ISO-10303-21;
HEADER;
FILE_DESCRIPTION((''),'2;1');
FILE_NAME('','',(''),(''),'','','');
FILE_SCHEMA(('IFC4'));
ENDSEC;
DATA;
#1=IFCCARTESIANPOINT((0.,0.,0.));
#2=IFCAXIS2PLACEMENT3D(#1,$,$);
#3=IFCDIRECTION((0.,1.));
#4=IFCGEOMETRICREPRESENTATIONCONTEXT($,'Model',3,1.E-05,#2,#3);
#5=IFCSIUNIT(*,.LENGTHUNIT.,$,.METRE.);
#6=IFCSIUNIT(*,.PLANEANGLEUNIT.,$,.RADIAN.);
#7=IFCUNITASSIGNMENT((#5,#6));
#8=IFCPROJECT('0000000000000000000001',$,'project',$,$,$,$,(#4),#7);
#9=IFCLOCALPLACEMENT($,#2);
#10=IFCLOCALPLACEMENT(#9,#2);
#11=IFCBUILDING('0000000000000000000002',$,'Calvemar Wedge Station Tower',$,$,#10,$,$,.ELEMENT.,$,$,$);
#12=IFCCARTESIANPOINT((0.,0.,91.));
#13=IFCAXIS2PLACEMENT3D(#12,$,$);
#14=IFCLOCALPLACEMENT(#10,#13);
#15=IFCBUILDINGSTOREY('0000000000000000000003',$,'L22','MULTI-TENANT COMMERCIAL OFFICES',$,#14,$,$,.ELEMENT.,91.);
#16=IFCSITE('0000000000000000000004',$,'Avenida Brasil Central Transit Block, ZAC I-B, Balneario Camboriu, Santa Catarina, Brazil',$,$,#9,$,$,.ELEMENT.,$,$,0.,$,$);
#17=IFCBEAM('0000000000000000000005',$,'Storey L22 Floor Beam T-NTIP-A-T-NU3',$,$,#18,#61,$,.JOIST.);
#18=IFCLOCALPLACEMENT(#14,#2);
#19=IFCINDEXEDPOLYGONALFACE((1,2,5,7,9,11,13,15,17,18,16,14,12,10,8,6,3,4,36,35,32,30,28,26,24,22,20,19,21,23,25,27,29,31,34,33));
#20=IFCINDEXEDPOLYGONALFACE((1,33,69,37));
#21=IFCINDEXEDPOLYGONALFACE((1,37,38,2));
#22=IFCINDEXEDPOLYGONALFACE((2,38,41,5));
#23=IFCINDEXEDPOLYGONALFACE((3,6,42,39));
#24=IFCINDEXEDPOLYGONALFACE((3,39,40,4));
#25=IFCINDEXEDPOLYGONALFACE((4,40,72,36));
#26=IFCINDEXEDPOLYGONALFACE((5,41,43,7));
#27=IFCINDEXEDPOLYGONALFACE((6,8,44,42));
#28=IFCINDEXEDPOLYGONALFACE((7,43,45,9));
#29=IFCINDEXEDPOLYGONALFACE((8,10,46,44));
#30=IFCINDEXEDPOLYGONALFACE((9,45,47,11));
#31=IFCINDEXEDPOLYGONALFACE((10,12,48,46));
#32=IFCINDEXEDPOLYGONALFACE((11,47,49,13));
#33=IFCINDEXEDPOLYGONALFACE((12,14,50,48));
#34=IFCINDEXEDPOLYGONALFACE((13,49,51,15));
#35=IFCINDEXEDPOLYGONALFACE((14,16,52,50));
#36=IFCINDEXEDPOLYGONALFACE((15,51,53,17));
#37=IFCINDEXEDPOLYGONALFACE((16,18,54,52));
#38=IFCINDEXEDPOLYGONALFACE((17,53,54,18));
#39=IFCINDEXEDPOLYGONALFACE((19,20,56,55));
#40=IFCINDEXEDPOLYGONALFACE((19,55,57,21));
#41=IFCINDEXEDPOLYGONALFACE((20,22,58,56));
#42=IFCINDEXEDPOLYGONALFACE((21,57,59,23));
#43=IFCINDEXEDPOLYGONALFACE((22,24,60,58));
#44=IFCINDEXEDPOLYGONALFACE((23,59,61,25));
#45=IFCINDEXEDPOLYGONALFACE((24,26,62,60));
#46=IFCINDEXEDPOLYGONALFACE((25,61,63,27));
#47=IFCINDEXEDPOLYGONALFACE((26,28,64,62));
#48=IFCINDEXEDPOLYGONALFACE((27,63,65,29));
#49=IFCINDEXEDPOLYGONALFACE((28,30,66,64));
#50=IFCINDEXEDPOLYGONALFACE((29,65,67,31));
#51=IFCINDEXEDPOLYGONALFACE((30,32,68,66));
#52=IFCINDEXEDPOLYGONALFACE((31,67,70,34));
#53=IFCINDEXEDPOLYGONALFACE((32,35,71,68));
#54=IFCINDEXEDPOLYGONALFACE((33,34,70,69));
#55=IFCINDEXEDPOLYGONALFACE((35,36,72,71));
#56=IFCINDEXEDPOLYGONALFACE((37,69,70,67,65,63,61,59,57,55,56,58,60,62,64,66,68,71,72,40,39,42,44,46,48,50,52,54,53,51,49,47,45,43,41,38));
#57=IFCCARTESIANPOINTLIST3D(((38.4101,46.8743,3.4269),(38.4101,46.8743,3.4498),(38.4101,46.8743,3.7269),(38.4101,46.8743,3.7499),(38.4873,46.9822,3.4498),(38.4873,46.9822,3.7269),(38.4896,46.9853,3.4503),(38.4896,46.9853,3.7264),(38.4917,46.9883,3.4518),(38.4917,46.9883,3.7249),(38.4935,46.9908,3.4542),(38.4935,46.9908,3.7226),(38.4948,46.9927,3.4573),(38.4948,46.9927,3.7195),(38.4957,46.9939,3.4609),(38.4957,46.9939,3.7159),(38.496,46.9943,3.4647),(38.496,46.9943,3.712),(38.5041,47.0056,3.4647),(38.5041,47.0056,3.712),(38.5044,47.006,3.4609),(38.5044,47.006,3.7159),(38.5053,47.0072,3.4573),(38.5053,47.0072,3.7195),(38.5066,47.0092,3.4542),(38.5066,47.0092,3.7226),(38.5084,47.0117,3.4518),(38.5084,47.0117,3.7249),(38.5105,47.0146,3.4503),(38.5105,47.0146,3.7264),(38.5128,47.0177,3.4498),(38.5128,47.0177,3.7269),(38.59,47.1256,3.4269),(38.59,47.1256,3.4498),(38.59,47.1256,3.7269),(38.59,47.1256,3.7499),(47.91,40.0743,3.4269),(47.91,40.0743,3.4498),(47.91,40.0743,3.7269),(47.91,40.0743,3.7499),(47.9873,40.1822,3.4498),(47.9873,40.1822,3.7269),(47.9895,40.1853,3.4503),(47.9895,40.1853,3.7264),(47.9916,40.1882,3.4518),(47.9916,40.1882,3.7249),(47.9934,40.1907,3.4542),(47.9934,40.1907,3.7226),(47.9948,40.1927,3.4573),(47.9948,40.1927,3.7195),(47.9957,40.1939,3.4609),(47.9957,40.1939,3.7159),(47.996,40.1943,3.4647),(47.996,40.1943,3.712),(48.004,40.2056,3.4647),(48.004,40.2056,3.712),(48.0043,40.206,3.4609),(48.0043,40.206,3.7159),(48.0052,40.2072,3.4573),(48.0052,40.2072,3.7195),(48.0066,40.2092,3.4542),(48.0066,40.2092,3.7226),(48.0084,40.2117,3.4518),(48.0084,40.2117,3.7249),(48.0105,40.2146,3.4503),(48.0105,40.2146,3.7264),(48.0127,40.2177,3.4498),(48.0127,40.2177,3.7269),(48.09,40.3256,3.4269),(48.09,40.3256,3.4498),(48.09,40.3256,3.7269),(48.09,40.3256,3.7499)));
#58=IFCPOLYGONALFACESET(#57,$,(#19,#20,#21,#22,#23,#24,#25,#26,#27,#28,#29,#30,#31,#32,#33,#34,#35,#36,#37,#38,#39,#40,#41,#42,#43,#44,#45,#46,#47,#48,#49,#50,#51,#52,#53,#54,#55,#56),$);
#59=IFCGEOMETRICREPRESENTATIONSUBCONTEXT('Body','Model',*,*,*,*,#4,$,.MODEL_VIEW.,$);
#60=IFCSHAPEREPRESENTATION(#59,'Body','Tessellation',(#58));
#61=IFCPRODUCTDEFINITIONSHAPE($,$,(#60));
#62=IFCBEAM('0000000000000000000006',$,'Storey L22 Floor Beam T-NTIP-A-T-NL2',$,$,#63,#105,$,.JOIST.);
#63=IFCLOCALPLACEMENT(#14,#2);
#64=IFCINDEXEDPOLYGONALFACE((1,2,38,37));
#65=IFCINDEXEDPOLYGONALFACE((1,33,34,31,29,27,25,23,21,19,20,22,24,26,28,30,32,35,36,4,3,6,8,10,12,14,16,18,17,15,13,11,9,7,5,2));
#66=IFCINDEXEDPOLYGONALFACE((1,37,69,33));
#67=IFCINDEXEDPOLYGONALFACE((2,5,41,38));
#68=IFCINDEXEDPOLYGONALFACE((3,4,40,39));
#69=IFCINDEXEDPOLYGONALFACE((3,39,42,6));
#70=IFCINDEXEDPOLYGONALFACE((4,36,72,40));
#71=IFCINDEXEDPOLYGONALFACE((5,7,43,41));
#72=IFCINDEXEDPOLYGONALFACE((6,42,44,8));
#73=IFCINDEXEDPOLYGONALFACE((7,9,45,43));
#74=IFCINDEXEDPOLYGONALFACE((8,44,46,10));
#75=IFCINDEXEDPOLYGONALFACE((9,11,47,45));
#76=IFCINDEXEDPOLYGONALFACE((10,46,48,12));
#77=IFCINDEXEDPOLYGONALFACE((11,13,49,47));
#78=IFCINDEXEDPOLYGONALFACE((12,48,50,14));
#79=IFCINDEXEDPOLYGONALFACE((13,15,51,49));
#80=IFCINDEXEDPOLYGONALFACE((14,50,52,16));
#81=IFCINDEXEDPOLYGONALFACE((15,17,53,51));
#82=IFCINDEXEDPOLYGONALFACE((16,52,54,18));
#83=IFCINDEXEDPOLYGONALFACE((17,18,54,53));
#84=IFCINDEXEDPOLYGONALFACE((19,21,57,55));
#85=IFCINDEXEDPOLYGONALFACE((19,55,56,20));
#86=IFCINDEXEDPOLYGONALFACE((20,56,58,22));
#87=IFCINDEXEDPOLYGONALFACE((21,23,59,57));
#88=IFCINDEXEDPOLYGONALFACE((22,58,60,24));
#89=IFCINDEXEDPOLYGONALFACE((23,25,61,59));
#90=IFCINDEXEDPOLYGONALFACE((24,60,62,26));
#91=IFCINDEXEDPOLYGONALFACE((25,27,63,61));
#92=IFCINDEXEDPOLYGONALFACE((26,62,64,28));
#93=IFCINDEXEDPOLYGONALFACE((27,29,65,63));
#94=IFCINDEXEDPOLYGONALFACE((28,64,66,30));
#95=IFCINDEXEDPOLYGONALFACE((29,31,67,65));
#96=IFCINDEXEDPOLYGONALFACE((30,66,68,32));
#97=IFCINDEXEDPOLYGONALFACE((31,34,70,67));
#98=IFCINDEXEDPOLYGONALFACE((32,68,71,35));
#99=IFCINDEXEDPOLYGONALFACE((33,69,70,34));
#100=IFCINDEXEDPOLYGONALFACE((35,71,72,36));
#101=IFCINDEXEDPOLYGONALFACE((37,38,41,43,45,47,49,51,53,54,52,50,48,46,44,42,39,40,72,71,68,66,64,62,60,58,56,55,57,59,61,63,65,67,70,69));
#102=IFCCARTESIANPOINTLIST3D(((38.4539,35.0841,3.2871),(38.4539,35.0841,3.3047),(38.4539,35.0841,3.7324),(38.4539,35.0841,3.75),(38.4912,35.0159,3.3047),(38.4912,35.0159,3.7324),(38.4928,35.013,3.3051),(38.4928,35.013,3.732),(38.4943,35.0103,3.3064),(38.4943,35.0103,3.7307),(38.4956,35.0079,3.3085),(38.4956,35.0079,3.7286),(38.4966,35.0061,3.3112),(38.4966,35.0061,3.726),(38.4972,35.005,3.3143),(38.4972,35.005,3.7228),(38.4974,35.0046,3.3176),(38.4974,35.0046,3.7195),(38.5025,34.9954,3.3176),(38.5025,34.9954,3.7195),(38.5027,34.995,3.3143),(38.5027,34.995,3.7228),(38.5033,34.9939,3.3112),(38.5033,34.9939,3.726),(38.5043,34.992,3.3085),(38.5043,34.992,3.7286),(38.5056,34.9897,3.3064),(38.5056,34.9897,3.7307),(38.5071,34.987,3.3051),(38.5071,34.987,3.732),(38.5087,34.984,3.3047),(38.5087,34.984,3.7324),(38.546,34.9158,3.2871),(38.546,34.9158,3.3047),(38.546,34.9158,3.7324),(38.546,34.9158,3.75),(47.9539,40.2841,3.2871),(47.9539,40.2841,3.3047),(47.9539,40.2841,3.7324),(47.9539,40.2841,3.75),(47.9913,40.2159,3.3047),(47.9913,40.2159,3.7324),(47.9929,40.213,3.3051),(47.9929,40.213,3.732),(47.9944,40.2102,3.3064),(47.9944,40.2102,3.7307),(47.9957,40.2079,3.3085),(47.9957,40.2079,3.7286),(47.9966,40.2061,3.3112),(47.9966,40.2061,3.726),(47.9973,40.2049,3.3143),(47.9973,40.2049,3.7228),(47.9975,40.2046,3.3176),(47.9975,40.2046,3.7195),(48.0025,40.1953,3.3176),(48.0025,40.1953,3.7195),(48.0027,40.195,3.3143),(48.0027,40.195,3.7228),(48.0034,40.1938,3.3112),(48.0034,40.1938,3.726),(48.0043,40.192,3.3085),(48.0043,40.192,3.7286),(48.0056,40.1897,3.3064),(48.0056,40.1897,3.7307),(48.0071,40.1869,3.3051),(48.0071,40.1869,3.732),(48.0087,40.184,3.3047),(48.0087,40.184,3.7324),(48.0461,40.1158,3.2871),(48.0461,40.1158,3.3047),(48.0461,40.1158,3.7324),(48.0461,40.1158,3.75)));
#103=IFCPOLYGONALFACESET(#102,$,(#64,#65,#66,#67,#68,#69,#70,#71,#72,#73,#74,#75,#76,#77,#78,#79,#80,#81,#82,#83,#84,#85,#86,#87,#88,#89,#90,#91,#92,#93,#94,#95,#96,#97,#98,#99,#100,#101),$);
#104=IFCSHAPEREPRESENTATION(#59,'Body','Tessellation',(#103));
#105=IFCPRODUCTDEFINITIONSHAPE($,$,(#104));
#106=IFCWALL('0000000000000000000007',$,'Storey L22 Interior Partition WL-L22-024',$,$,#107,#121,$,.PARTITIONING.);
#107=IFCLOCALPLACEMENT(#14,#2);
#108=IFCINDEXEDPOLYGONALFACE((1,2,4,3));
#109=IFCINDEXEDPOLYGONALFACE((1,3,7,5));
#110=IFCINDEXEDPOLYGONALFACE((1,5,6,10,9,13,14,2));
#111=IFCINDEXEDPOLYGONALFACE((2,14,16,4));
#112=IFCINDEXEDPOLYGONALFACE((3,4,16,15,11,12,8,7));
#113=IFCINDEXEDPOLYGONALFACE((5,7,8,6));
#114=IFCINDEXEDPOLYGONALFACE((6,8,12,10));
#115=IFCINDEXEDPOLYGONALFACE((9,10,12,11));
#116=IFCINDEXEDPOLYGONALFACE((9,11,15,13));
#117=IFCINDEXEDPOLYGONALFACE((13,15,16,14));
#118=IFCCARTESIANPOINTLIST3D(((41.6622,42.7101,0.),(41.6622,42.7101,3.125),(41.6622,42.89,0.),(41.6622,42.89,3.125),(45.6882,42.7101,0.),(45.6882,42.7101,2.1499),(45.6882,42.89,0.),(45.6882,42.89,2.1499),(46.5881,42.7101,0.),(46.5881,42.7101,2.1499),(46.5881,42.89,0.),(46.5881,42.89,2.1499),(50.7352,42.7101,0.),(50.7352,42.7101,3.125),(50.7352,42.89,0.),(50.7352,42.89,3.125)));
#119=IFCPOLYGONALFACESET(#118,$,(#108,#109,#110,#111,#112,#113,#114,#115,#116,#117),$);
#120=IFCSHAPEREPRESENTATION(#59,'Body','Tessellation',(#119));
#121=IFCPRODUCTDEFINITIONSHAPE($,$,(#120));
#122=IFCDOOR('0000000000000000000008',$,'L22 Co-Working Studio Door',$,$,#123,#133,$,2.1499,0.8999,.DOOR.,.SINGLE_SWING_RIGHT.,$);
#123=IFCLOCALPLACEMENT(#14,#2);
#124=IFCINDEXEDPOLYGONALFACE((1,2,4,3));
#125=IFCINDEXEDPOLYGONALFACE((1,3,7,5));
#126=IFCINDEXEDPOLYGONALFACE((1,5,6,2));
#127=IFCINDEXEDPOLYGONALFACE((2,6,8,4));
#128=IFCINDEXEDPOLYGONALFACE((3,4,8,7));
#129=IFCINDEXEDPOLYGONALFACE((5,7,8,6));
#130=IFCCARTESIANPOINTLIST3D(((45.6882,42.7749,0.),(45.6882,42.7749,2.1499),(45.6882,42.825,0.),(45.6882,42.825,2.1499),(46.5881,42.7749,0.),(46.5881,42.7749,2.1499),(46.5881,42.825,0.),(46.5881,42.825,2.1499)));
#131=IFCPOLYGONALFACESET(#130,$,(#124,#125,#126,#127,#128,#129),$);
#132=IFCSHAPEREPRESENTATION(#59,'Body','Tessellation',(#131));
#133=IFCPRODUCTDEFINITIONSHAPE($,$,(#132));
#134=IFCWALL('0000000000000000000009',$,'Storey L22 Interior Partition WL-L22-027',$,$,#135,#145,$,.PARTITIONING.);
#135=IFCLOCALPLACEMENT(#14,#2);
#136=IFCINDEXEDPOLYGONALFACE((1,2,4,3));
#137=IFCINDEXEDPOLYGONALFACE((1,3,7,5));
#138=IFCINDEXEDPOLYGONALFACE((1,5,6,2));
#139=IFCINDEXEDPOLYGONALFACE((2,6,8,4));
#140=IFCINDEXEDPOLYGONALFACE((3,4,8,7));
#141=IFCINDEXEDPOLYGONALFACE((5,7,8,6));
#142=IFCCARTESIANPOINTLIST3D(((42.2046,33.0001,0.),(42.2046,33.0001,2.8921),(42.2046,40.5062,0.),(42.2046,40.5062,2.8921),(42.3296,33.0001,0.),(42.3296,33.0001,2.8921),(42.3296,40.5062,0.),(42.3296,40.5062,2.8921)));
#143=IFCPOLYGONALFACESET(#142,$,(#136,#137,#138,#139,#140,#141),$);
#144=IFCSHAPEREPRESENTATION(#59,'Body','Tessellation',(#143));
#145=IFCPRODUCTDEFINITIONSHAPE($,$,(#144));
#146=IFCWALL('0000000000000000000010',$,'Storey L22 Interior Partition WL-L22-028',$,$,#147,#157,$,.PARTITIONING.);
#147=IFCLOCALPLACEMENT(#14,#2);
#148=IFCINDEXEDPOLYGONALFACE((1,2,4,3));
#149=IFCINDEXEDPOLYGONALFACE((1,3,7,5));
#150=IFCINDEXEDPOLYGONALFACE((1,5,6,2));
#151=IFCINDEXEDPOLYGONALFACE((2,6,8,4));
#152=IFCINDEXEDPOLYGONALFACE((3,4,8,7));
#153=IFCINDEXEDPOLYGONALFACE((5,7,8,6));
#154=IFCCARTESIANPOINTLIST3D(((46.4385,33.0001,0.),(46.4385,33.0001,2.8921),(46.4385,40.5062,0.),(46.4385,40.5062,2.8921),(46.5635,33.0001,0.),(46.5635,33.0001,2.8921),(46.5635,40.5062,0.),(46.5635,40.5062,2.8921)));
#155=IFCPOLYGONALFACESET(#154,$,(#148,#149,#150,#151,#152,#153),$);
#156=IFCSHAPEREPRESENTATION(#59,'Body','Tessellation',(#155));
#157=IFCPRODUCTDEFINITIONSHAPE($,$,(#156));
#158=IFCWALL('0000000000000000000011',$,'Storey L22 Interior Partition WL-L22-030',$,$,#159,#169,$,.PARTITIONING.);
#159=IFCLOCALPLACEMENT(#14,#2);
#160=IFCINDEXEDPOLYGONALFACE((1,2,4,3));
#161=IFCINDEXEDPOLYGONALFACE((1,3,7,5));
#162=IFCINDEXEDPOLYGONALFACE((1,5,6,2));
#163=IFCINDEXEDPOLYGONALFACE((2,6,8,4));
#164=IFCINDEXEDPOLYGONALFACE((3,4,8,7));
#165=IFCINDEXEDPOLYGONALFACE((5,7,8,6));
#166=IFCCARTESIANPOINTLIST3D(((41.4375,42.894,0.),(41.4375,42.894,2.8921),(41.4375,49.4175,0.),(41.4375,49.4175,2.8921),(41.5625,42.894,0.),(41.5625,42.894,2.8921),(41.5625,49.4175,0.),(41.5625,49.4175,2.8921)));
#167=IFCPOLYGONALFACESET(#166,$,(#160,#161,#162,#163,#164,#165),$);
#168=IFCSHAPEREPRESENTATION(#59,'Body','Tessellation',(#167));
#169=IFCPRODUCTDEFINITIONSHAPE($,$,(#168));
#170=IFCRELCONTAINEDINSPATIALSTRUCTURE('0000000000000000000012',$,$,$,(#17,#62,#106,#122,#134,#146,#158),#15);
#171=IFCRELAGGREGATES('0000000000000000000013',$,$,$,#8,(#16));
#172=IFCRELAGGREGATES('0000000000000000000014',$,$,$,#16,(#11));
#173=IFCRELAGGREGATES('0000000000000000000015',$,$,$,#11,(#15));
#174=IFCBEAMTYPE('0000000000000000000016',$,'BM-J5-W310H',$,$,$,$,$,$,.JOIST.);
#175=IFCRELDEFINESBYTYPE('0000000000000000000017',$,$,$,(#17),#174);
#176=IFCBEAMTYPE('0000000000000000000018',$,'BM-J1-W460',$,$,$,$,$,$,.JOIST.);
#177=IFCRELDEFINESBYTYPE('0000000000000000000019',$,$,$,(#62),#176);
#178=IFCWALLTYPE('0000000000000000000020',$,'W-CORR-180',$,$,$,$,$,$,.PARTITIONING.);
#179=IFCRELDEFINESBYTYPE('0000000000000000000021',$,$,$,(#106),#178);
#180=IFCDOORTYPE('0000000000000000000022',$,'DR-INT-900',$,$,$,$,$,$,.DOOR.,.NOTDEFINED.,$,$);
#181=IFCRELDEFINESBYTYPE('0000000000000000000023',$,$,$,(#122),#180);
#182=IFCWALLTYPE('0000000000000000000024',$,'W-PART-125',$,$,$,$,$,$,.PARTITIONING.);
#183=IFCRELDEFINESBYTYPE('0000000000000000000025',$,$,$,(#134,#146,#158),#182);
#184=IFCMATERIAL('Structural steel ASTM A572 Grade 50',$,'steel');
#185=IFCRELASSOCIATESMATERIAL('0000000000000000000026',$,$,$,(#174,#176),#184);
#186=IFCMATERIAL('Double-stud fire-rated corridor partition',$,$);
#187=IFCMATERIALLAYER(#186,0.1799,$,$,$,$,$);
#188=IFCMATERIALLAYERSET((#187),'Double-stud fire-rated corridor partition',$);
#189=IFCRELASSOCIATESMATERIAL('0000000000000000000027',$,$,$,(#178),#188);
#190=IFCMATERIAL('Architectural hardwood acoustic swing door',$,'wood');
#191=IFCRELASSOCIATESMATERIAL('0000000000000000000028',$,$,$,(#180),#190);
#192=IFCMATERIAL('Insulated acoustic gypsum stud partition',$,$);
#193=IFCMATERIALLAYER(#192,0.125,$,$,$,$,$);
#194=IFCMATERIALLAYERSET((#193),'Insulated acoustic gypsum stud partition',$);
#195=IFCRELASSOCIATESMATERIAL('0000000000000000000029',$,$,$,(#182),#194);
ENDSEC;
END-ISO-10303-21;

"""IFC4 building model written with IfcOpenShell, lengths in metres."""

from ifc_helpers import new_model, si_unit, direction, frame, frame_2d, origin, origin_2d, place, context, subcontext, project, spatial, rectangle, i_section, extrude, source, transform, mapped, material, layer, layer_set, material_profile, profile_set, type_object, element, fill, save


model = new_model("IFC4")

# Units and contexts
model_context = context("Model", 3, precision=1e-05, world=origin(), true_north=direction((0.0, 1.0)))
body_context = subcontext(model_context, "Body", "Model", "MODEL_VIEW")
ifc_project = project(units=[si_unit("LENGTHUNIT", "METRE"), si_unit("PLANEANGLEUNIT", "RADIAN")], contexts=[model_context])

# Site, building, storey
site_placement = place(None, origin())
site = spatial("IfcSite", under=ifc_project, at=site_placement, Name="Avenida Brasil Central Transit Block, ZAC I-B, Balneario Camboriu, Santa Catarina, Brazil", CompositionType="ELEMENT", RefElevation=0.0)
building_placement = place(site_placement, origin())
building = spatial("IfcBuilding", under=site, at=building_placement, Name="Calvemar Wedge Station Tower", CompositionType="ELEMENT")
storey_placement = place(building_placement, frame((0.0, 0.0, 91.0)))
storey = spatial("IfcBuildingStorey", under=building, at=storey_placement, Name="L22", Description="MULTI-TENANT COMMERCIAL OFFICES", CompositionType="ELEMENT", Elevation=91.0)

# Shared definitions
ifc_material_1 = material(Name="Structural steel ASTM A572 Grade 50", Category="steel")

# Beams
ifc_material_profile_1 = material_profile(ifc_material_1, i_section(OverallWidth=0.3091, OverallDepth=0.323, WebThickness=0.0139, FlangeThickness=0.0229, FilletRadius=0.0149, at=origin_2d()), Name="W310x143")
ifc_profile_set_1 = profile_set([ifc_material_profile_1], Name="Structural steel ASTM A572 Grade 50")
beam_type_1 = type_object("IfcBeamType", Name="BM-J5-W310H", PredefinedType="JOIST", material=ifc_profile_set_1)
shared_shape_1 = source(origin(), body_context, "Body", "SweptSolid", [
    extrude(i_section(OverallWidth=0.3091, OverallDepth=0.323, WebThickness=0.0139, FlangeThickness=0.0229, FilletRadius=0.0149, at=origin_2d()), origin(), (0.0, 0.0, 1.0), 11.6829),
])
beam_1_placement = place(storey_placement, frame((48.0, 40.2, 3.5884), z_axis=(-0.813153, 0.58205, 0.0), x_axis=(-0.58205, -0.813153, 0.0)))
element("IfcBeam", 1, at=beam_1_placement, inside=storey, type_object=beam_type_1, Name="Storey L22 Floor Beam T-NTIP-A-T-NU3", PredefinedType="JOIST", context=body_context, shape_type="MappedRepresentation", body=[
    mapped(shared_shape_1, transform((0.0, 0.0, 0.0), scale=1.0)),
])
ifc_material_profile_2 = material_profile(ifc_material_1, i_section(OverallWidth=0.1919, OverallDepth=0.4629, WebThickness=0.0105, FlangeThickness=0.0176, FilletRadius=0.0129, at=origin_2d()), Name="W460x89")
ifc_profile_set_2 = profile_set([ifc_material_profile_2], Name="Structural steel ASTM A572 Grade 50")
beam_type_2 = type_object("IfcBeamType", Name="BM-J1-W460", PredefinedType="JOIST", material=ifc_profile_set_2)
shared_shape_2 = source(origin(), body_context, "Body", "SweptSolid", [
    extrude(i_section(OverallWidth=0.1919, OverallDepth=0.4629, WebThickness=0.0105, FlangeThickness=0.0176, FilletRadius=0.0129, at=origin_2d()), origin(), (0.0, 0.0, 1.0), 10.8301),
])
beam_2_placement = place(storey_placement, frame((48.0, 40.2, 3.5186), z_axis=(-0.877191, -0.480142, 0.0), x_axis=(0.480142, -0.877191, 0.0)))
element("IfcBeam", 2, at=beam_2_placement, inside=storey, type_object=beam_type_2, Name="Storey L22 Floor Beam T-NTIP-A-T-NL2", PredefinedType="JOIST", context=body_context, shape_type="MappedRepresentation", body=[
    mapped(shared_shape_2, transform((0.0, 0.0, 0.0), scale=1.0)),
])

# Wall, opening, door
ifc_material_2 = material(Name="Double-stud fire-rated corridor partition")
ifc_layer_1 = layer(ifc_material_2, 0.1799)
ifc_layer_set_1 = layer_set([ifc_layer_1], Name="Double-stud fire-rated corridor partition")
wall_type_1 = type_object("IfcWallType", Name="W-CORR-180", PredefinedType="PARTITIONING", material=ifc_layer_set_1)
shared_shape_3 = source(origin(), body_context, "Body", "SweptSolid", [
    extrude(rectangle(XDim=0.8999, YDim=2.1499, at=frame_2d((0.45, 1.075))), frame((0.0, 0.1001, 0.0), z_axis=(0.0, -1.0, 0.0), x_axis=(1.0, 0.0, 0.0)), (0.0, 0.0, 1.0), 0.2),
])
ifc_material_3 = material(Name="Architectural hardwood acoustic swing door", Category="wood")
door_type = type_object("IfcDoorType", Name="DR-INT-900", OperationType="NOTDEFINED", PredefinedType="DOOR", material=ifc_material_3)
shared_shape_4 = source(origin(), body_context, "Body", "SweptSolid", [
    extrude(rectangle(XDim=0.8999, YDim=2.1499, at=frame_2d((0.45, 1.075))), frame((0.0, 0.0249, 0.0), z_axis=(0.0, -1.0, 0.0), x_axis=(1.0, 0.0, 0.0)), (0.0, 0.0, 1.0), 0.05),
])
wall_1_placement = place(storey_placement, frame((41.6621, 42.8, 0.0), z_axis=(0.0, 0.0, 1.0), x_axis=(1.0, 0.0, 0.0)))
wall_1 = element("IfcWall", 3, at=wall_1_placement, inside=storey, type_object=wall_type_1, Name="Storey L22 Interior Partition WL-L22-024", PredefinedType="PARTITIONING", context=body_context, shape_type="SweptSolid", body=[
    extrude(rectangle(XDim=9.073, YDim=0.1799, at=frame_2d((4.5366, 0.0))), origin(), (0.0, 0.0, 1.0), 3.125),
])
opening_1_placement = place(wall_1_placement, frame((4.0261, 0.0, 0.0)))
opening_1 = element("IfcOpeningElement", 4, at=opening_1_placement, cuts=wall_1, PredefinedType="OPENING", context=body_context, shape_type="MappedRepresentation", body=[
    mapped(shared_shape_3, transform((0.0, 0.0, 0.0), scale=1.0)),
])
door_1_placement = place(opening_1_placement, origin())
door_1 = element("IfcDoor", 5, at=door_1_placement, inside=storey, type_object=door_type, Name="L22 Co-Working Studio Door", OperationType="SINGLE_SWING_RIGHT", OverallHeight=2.1499, OverallWidth=0.8999, PredefinedType="DOOR", context=body_context, shape_type="MappedRepresentation", body=[
    mapped(shared_shape_4, transform((0.0, 0.0, 0.0), scale=1.0)),
])
fill(opening_1, door_1)

# Walls
ifc_material_4 = material(Name="Insulated acoustic gypsum stud partition")
ifc_layer_2 = layer(ifc_material_4, 0.125)
ifc_layer_set_2 = layer_set([ifc_layer_2], Name="Insulated acoustic gypsum stud partition")
wall_type_2 = type_object("IfcWallType", Name="W-PART-125", PredefinedType="PARTITIONING", material=ifc_layer_set_2)
for number, where, z_axis, x_axis, name in (
    (6, (42.2671, 40.5061, 0.0), (0.0, 0.0, 1.0), (0.0, -1.0, 0.0), "Storey L22 Interior Partition WL-L22-027"),
    (7, (46.501, 40.5061, 0.0), (0.0, 0.0, 1.0), (0.0, -1.0, 0.0), "Storey L22 Interior Partition WL-L22-028"),
):
    element("IfcWall", number, at=place(storey_placement, frame(where, z_axis=z_axis, x_axis=x_axis)), inside=storey, type_object=wall_type_2, Name=name, PredefinedType="PARTITIONING", context=body_context, shape_type="SweptSolid", body=[
        extrude(rectangle(XDim=7.5061, YDim=0.125, at=frame_2d((3.7529, 0.0))), origin(), (0.0, 0.0, 1.0), 2.8921),
    ])
wall_2_placement = place(storey_placement, frame((41.5, 49.4175, 0.0), z_axis=(0.0, 0.0, 1.0), x_axis=(0.0, -1.0, 0.0)))
element("IfcWall", 8, at=wall_2_placement, inside=storey, type_object=wall_type_2, Name="Storey L22 Interior Partition WL-L22-030", PredefinedType="PARTITIONING", context=body_context, shape_type="SweptSolid", body=[
    extrude(rectangle(XDim=6.5234, YDim=0.125, at=frame_2d((3.2617, 0.0))), origin(), (0.0, 0.0, 1.0), 2.8921),
])

save(model, "model.ifc")
